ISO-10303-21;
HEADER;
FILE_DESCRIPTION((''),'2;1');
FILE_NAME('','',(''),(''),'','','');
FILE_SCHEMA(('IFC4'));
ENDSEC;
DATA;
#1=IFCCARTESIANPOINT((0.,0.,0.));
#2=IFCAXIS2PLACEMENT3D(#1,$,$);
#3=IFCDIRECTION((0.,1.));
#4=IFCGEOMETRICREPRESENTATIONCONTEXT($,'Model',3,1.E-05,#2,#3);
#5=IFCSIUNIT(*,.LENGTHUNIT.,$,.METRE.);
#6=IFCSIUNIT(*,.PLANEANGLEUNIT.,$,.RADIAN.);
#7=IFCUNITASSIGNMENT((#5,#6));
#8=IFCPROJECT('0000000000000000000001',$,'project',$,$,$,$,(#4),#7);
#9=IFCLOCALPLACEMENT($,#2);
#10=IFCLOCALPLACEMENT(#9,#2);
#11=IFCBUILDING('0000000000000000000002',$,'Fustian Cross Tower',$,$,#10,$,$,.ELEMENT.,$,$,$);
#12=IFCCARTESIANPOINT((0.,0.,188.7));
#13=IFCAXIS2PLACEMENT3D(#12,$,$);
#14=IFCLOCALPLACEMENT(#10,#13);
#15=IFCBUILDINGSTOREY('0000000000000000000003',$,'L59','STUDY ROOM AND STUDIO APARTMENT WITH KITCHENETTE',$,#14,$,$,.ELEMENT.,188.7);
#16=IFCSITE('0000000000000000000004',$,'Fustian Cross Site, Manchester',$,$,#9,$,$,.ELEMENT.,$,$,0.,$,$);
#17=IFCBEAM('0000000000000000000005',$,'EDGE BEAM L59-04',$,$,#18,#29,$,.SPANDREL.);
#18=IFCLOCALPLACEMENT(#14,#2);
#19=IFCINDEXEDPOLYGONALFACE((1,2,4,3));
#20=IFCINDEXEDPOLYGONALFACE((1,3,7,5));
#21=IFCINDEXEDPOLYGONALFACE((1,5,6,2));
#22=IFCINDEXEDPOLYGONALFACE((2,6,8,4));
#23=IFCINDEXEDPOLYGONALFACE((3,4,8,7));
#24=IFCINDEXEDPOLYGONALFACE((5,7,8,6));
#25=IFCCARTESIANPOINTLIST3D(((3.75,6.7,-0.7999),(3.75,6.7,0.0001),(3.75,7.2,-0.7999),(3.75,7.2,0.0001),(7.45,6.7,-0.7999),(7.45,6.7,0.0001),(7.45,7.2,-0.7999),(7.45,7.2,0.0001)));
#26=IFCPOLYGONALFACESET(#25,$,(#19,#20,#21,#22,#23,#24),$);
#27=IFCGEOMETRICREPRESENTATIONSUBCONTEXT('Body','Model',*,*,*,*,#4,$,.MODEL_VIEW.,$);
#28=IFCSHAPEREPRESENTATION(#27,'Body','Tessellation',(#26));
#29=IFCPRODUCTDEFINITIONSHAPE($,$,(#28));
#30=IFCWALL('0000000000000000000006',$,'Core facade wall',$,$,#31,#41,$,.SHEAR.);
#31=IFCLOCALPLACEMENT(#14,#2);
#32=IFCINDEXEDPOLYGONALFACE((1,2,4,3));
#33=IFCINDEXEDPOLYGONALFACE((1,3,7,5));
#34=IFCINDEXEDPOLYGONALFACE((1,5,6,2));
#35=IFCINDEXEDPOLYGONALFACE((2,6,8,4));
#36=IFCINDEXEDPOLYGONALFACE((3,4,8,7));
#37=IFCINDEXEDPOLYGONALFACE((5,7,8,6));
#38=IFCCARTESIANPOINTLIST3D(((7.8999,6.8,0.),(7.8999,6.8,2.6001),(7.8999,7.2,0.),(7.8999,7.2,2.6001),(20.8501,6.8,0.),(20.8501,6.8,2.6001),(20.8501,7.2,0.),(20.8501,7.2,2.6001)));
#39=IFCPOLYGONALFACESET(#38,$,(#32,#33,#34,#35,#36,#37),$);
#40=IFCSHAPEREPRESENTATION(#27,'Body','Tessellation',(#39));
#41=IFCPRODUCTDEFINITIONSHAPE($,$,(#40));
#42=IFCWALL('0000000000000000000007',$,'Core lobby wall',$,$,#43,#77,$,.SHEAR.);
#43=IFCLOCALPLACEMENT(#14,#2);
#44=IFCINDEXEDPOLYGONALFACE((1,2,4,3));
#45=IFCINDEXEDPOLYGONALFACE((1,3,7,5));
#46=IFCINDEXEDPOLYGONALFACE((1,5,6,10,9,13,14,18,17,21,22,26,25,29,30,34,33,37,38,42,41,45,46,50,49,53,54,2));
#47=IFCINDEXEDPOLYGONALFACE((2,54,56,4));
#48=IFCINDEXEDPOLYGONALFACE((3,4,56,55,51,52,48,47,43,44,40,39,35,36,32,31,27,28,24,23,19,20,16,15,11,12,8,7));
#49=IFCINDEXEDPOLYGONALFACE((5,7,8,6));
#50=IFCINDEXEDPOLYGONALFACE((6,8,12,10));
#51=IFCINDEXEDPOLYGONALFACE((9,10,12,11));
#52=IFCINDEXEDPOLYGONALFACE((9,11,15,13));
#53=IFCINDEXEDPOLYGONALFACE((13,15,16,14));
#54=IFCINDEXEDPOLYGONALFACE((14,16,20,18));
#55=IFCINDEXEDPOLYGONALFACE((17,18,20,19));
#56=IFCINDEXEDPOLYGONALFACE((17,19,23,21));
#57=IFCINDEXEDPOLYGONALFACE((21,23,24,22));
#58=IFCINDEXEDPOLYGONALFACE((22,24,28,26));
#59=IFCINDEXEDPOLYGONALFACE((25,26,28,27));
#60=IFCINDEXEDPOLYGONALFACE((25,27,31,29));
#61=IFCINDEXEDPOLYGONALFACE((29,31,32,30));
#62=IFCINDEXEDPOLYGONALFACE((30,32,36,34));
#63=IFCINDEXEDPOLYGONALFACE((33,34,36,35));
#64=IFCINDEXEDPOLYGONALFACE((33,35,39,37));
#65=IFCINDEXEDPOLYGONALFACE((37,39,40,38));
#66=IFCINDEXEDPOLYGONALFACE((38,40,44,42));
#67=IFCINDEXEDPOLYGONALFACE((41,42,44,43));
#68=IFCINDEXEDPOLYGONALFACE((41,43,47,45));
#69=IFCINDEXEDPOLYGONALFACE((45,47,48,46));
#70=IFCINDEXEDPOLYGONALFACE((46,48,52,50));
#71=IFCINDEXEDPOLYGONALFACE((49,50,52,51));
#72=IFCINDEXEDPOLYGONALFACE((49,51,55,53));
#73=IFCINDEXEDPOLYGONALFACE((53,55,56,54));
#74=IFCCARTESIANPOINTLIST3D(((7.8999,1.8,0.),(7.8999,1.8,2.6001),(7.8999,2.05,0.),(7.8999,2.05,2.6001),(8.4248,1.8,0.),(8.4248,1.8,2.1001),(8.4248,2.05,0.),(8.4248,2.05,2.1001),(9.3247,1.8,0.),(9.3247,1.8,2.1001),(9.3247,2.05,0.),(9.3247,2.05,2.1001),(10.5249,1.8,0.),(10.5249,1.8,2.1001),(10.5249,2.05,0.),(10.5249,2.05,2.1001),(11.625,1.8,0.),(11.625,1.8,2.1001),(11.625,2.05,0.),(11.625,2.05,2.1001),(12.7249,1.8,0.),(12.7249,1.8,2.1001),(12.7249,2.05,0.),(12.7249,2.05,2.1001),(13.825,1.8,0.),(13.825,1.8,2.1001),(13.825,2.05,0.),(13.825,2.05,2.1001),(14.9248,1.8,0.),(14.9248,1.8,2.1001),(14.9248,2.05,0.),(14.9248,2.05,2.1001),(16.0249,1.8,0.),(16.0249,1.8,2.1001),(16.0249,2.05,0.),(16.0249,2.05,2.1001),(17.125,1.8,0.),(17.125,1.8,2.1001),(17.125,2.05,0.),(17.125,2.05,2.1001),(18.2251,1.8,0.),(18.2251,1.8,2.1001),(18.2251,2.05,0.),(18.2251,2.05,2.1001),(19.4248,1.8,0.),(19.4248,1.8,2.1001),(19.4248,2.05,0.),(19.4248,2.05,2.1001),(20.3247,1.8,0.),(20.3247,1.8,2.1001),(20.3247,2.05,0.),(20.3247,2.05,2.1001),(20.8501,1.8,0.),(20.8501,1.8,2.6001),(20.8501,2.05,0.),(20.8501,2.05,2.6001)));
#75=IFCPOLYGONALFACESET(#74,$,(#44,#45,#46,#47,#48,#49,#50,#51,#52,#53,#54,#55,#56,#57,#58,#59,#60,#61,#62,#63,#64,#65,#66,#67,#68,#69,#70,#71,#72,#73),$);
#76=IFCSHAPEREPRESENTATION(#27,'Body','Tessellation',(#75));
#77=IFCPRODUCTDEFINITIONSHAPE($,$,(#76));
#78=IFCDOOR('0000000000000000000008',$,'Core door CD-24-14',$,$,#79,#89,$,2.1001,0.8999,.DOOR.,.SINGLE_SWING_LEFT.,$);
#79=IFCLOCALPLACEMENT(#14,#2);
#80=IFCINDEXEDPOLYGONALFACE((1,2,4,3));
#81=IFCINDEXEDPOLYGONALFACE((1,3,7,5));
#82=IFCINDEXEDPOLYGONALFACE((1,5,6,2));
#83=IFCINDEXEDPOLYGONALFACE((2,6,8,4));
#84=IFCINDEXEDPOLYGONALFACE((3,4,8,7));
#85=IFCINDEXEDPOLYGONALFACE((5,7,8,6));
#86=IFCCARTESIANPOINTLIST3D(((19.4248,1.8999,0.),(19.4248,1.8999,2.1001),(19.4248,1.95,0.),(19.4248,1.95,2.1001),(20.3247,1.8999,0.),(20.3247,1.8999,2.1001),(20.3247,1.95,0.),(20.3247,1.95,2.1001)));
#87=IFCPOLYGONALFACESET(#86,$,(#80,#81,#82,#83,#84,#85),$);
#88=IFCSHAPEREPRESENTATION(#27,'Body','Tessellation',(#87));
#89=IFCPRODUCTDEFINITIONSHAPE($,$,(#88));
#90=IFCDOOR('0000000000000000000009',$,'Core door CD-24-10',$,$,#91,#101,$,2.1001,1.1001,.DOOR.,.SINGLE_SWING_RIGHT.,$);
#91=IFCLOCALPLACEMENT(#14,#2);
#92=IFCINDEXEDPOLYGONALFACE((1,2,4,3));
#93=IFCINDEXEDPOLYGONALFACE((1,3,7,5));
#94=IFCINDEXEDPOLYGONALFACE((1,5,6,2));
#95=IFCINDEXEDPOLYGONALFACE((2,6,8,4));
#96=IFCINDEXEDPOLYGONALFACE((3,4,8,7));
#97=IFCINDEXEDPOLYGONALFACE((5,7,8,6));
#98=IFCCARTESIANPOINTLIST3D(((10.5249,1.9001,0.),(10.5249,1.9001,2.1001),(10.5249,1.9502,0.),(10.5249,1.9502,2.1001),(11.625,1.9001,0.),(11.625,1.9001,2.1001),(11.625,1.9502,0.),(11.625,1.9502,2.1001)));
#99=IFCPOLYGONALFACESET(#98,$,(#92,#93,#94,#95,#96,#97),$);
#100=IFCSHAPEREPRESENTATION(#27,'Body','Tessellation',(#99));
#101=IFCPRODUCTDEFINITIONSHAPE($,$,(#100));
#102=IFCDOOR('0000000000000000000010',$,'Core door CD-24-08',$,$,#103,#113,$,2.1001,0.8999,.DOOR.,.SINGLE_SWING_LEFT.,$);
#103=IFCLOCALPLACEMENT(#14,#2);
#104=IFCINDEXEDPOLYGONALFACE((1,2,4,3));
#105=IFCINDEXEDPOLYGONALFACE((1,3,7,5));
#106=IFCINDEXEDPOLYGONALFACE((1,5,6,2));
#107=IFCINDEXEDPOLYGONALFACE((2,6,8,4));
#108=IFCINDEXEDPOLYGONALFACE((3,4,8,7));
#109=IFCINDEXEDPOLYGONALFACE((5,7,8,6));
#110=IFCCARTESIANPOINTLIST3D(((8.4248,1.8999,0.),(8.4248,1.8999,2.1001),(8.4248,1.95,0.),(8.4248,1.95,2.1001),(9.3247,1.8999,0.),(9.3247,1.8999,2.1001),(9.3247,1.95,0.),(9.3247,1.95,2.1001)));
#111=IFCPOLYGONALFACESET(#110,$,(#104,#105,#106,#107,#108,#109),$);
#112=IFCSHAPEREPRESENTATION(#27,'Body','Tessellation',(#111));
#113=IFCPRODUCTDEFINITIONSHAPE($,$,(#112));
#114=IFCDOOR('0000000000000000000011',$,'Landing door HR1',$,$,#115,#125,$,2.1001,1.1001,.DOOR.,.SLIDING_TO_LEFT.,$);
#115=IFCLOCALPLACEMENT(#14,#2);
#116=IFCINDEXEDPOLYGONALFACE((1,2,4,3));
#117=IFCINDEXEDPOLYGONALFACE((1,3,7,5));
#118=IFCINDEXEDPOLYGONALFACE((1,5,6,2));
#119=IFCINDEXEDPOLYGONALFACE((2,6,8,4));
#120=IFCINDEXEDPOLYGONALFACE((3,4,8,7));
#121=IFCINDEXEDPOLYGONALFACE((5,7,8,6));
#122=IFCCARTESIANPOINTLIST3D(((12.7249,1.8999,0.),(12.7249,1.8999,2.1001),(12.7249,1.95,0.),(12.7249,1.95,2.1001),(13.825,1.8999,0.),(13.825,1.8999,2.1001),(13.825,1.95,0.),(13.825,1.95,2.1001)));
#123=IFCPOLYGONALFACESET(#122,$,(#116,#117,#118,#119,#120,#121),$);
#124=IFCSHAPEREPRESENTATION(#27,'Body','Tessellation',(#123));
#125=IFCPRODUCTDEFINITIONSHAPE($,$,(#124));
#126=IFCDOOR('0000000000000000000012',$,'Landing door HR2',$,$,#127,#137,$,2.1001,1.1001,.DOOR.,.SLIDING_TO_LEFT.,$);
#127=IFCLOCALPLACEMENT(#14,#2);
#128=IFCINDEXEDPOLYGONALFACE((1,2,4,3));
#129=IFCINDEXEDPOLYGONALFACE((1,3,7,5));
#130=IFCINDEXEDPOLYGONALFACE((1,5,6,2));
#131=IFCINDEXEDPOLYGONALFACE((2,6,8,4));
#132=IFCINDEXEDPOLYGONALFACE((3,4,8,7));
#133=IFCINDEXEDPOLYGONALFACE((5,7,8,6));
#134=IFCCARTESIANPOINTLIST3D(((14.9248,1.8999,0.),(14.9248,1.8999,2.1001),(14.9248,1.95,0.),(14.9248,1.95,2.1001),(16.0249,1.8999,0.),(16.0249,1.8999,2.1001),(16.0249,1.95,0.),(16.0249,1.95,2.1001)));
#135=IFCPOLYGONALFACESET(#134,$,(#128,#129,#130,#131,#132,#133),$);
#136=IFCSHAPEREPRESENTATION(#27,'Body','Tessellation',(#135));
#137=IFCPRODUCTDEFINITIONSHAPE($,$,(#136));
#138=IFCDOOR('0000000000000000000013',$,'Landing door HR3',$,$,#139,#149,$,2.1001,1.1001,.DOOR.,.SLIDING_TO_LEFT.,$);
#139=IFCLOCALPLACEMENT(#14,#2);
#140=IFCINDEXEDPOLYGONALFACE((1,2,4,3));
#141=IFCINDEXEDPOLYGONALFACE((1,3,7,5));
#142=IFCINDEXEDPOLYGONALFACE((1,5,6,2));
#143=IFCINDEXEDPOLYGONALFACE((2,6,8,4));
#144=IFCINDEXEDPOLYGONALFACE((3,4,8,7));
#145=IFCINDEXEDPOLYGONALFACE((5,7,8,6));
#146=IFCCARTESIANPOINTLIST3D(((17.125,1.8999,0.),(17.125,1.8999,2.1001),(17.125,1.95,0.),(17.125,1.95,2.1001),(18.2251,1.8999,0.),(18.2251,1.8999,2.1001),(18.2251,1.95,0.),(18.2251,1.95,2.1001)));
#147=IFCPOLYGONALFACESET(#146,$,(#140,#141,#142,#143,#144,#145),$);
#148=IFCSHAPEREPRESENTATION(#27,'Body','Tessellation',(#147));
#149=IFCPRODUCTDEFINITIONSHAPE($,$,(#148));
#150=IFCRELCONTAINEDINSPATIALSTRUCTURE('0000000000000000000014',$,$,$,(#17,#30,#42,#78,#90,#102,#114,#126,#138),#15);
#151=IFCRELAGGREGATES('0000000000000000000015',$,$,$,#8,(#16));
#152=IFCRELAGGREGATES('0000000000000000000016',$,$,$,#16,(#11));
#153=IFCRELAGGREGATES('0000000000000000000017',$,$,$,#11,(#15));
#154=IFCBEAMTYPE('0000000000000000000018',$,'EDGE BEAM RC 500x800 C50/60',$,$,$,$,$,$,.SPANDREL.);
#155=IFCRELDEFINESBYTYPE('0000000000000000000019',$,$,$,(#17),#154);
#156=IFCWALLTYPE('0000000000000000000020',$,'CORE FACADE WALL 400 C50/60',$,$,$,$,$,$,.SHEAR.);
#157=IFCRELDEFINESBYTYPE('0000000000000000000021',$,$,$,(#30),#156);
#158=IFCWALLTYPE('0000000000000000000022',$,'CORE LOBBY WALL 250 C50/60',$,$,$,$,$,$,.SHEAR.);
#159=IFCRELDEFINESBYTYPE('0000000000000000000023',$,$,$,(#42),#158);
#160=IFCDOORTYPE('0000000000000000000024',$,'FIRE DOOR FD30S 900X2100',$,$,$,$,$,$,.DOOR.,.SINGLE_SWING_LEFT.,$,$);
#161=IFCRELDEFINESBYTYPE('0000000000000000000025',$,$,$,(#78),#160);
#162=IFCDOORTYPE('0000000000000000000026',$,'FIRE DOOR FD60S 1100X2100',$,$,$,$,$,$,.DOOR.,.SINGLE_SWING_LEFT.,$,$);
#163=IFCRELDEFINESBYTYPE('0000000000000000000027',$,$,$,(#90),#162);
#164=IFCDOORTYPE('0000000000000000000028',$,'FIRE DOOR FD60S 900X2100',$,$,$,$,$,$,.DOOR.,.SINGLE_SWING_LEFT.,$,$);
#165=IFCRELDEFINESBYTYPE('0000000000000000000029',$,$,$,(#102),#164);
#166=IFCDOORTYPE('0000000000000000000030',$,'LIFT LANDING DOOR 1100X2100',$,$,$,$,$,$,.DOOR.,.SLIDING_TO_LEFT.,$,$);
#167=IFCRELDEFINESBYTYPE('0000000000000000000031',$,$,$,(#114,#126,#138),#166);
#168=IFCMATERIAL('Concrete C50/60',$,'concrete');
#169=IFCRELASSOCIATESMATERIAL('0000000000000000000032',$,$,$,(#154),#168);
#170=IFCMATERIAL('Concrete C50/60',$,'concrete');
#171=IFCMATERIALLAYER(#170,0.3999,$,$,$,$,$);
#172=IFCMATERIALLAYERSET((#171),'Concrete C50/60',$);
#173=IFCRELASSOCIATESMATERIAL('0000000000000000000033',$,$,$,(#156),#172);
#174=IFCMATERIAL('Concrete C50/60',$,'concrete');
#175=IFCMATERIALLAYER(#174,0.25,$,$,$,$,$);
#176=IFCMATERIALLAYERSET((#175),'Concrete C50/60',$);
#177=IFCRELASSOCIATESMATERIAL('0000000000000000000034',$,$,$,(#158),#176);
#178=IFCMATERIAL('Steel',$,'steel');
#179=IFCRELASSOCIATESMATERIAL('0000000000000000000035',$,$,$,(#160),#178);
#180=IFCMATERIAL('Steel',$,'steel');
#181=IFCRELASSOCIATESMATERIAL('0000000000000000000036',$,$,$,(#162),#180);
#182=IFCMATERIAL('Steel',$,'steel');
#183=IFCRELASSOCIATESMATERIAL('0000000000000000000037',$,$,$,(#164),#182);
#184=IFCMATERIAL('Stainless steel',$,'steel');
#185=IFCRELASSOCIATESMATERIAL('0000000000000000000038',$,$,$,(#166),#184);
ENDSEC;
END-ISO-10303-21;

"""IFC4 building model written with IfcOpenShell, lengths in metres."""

from ifc_helpers import new_model, si_unit, direction, frame, frame_2d, origin, origin_2d, place, context, subcontext, project, spatial, rectangle, extrude, material, layer, layer_set, material_profile, profile_set, type_object, element, fill, save


model = new_model("IFC4")

# Units and contexts
model_context = context("Model", 3, precision=1e-05, world=origin(), true_north=direction((0.0, 1.0)))
body_context = subcontext(model_context, "Body", "Model", "MODEL_VIEW")
ifc_project = project(units=[si_unit("LENGTHUNIT", "METRE"), si_unit("PLANEANGLEUNIT", "RADIAN")], contexts=[model_context])

# Site, building, storey
site_placement = place(None, origin())
site = spatial("IfcSite", under=ifc_project, at=site_placement, Name="Fustian Cross Site, Manchester", CompositionType="ELEMENT", RefElevation=0.0)
building_placement = place(site_placement, origin())
building = spatial("IfcBuilding", under=site, at=building_placement, Name="Fustian Cross Tower", CompositionType="ELEMENT")
storey_placement = place(building_placement, frame((0.0, 0.0, 188.7)))
storey = spatial("IfcBuildingStorey", under=building, at=storey_placement, Name="L59", Description="STUDY ROOM AND STUDIO APARTMENT WITH KITCHENETTE", CompositionType="ELEMENT", Elevation=188.7)

# Beam
ifc_material_1 = material(Name="Concrete C50/60", Category="concrete")
ifc_material_profile = material_profile(ifc_material_1, rectangle(XDim=0.5, YDim=0.8, at=origin_2d()), Name="RC 500x800")
ifc_profile_set = profile_set([ifc_material_profile], Name="Concrete C50/60")
beam_type = type_object("IfcBeamType", Name="EDGE BEAM RC 500x800 C50/60", PredefinedType="SPANDREL", material=ifc_profile_set)
beam_placement = place(storey_placement, frame((7.45, 6.95, -0.3999), z_axis=(-1.0, 0.0, 0.0), x_axis=(0.0, -1.0, 0.0)))
element("IfcBeam", 1, at=beam_placement, inside=storey, type_object=beam_type, Name="EDGE BEAM L59-04", PredefinedType="SPANDREL", context=body_context, shape_type="SweptSolid", body=[
    extrude(rectangle(XDim=0.5, YDim=0.8, at=origin_2d()), origin(), (0.0, 0.0, 1.0), 3.7),
])

# Wall
ifc_material_2 = material(Name="Concrete C50/60", Category="concrete")
ifc_layer_1 = layer(ifc_material_2, 0.3999)
ifc_layer_set_1 = layer_set([ifc_layer_1], Name="Concrete C50/60")
wall_type_1 = type_object("IfcWallType", Name="CORE FACADE WALL 400 C50/60", PredefinedType="SHEAR", material=ifc_layer_set_1)
wall_1_placement = place(storey_placement, frame((7.8999, 7.0, 0.0), z_axis=(0.0, 0.0, 1.0), x_axis=(1.0, 0.0, 0.0)))
element("IfcWall", 2, at=wall_1_placement, inside=storey, type_object=wall_type_1, Name="Core facade wall", PredefinedType="SHEAR", context=body_context, shape_type="SweptSolid", body=[
    extrude(rectangle(XDim=12.9502, YDim=0.3999, at=frame_2d((6.4751, 0.0))), origin(), (0.0, 0.0, 1.0), 2.6001),
])

# Wall, openings, doors
ifc_material_3 = material(Name="Concrete C50/60", Category="concrete")
ifc_layer_2 = layer(ifc_material_3, 0.25)
ifc_layer_set_2 = layer_set([ifc_layer_2], Name="Concrete C50/60")
wall_type_2 = type_object("IfcWallType", Name="CORE LOBBY WALL 250 C50/60", PredefinedType="SHEAR", material=ifc_layer_set_2)
wall_2_placement = place(storey_placement, frame((7.8999, 1.925, 0.0), z_axis=(0.0, 0.0, 1.0), x_axis=(1.0, 0.0, 0.0)))
wall_2 = element("IfcWall", 3, at=wall_2_placement, inside=storey, type_object=wall_type_2, Name="Core lobby wall", PredefinedType="SHEAR", context=body_context, shape_type="SweptSolid", body=[
    extrude(rectangle(XDim=12.9502, YDim=0.25, at=frame_2d((6.4751, 0.0))), origin(), (0.0, 0.0, 1.0), 2.6001),
])
opening_1_placement = place(wall_2_placement, frame((4.825, 0.0, 0.0)))
opening_1 = element("IfcOpeningElement", 4, at=opening_1_placement, cuts=wall_2, PredefinedType="OPENING", context=body_context, shape_type="SweptSolid", body=[
    extrude(rectangle(XDim=1.1001, YDim=2.1001, at=frame_2d((0.55, 1.05))), frame((0.0, 0.135, 0.0), z_axis=(0.0, -1.0, 0.0), x_axis=(1.0, 0.0, 0.0)), (0.0, 0.0, 1.0), 0.27),
])
opening_2_placement = place(wall_2_placement, frame((7.0249, 0.0, 0.0)))
opening_2 = element("IfcOpeningElement", 5, at=opening_2_placement, cuts=wall_2, PredefinedType="OPENING", context=body_context, shape_type="SweptSolid", body=[
    extrude(rectangle(XDim=1.1001, YDim=2.1001, at=frame_2d((0.55, 1.05))), frame((0.0, 0.135, 0.0), z_axis=(0.0, -1.0, 0.0), x_axis=(1.0, 0.0, 0.0)), (0.0, 0.0, 1.0), 0.27),
])
opening_3_placement = place(wall_2_placement, frame((9.2251, 0.0, 0.0)))
opening_3 = element("IfcOpeningElement", 6, at=opening_3_placement, cuts=wall_2, PredefinedType="OPENING", context=body_context, shape_type="SweptSolid", body=[
    extrude(rectangle(XDim=1.1001, YDim=2.1001, at=frame_2d((0.55, 1.05))), frame((0.0, 0.135, 0.0), z_axis=(0.0, -1.0, 0.0), x_axis=(1.0, 0.0, 0.0)), (0.0, 0.0, 1.0), 0.27),
])
opening_4_placement = place(wall_2_placement, frame((0.5249, 0.0, 0.0)))
opening_4 = element("IfcOpeningElement", 7, at=opening_4_placement, cuts=wall_2, PredefinedType="OPENING", context=body_context, shape_type="SweptSolid", body=[
    extrude(rectangle(XDim=0.8999, YDim=2.1001, at=frame_2d((0.45, 1.05))), frame((0.0, 0.135, 0.0), z_axis=(0.0, -1.0, 0.0), x_axis=(1.0, 0.0, 0.0)), (0.0, 0.0, 1.0), 0.27),
])
opening_5_placement = place(wall_2_placement, frame((2.625, 0.0, 0.0)))
opening_5 = element("IfcOpeningElement", 8, at=opening_5_placement, cuts=wall_2, PredefinedType="OPENING", context=body_context, shape_type="SweptSolid", body=[
    extrude(rectangle(XDim=1.1001, YDim=2.1001, at=frame_2d((0.55, 1.05))), frame((0.0, 0.135, 0.0), z_axis=(0.0, -1.0, 0.0), x_axis=(1.0, 0.0, 0.0)), (0.0, 0.0, 1.0), 0.27),
])
opening_6_placement = place(wall_2_placement, frame((11.5249, 0.0, 0.0)))
opening_6 = element("IfcOpeningElement", 9, at=opening_6_placement, cuts=wall_2, PredefinedType="OPENING", context=body_context, shape_type="SweptSolid", body=[
    extrude(rectangle(XDim=0.8999, YDim=2.1001, at=frame_2d((0.45, 1.05))), frame((0.0, 0.135, 0.0), z_axis=(0.0, -1.0, 0.0), x_axis=(1.0, 0.0, 0.0)), (0.0, 0.0, 1.0), 0.27),
])
ifc_material_4 = material(Name="Steel", Category="steel")
door_type_1 = type_object("IfcDoorType", Name="FIRE DOOR FD30S 900X2100", OperationType="SINGLE_SWING_LEFT", PredefinedType="DOOR", material=ifc_material_4)
door_1_placement = place(opening_6_placement, origin())
door_1 = element("IfcDoor", 10, at=door_1_placement, inside=storey, type_object=door_type_1, Name="Core door CD-24-14", OperationType="SINGLE_SWING_LEFT", OverallHeight=2.1001, OverallWidth=0.8999, PredefinedType="DOOR", context=body_context, shape_type="SweptSolid", body=[
    extrude(rectangle(XDim=0.8999, YDim=2.1001, at=frame_2d((0.45, 1.05))), frame((0.0, 0.0249, 0.0), z_axis=(0.0, -1.0, 0.0), x_axis=(1.0, 0.0, 0.0)), (0.0, 0.0, 1.0), 0.05),
])
fill(opening_6, door_1)
ifc_material_5 = material(Name="Steel", Category="steel")
door_type_2 = type_object("IfcDoorType", Name="FIRE DOOR FD60S 1100X2100", OperationType="SINGLE_SWING_LEFT", PredefinedType="DOOR", material=ifc_material_5)
door_2_placement = place(opening_5_placement, frame((1.1001, 0.0, 0.0), z_axis=(0.0, 0.0, 1.0), x_axis=(-1.0, 0.0, 0.0)))
door_2 = element("IfcDoor", 11, at=door_2_placement, inside=storey, type_object=door_type_2, Name="Core door CD-24-10", OperationType="SINGLE_SWING_RIGHT", OverallHeight=2.1001, OverallWidth=1.1001, PredefinedType="DOOR", context=body_context, shape_type="SweptSolid", body=[
    extrude(rectangle(XDim=1.1001, YDim=2.1001, at=frame_2d((0.55, 1.05))), frame((0.0, 0.0249, 0.0), z_axis=(0.0, -1.0, 0.0), x_axis=(1.0, 0.0, 0.0)), (0.0, 0.0, 1.0), 0.05),
])
fill(opening_5, door_2)
ifc_material_6 = material(Name="Steel", Category="steel")
door_type_3 = type_object("IfcDoorType", Name="FIRE DOOR FD60S 900X2100", OperationType="SINGLE_SWING_LEFT", PredefinedType="DOOR", material=ifc_material_6)
door_3_placement = place(opening_4_placement, origin())
door_3 = element("IfcDoor", 12, at=door_3_placement, inside=storey, type_object=door_type_3, Name="Core door CD-24-08", OperationType="SINGLE_SWING_LEFT", OverallHeight=2.1001, OverallWidth=0.8999, PredefinedType="DOOR", context=body_context, shape_type="SweptSolid", body=[
    extrude(rectangle(XDim=0.8999, YDim=2.1001, at=frame_2d((0.45, 1.05))), frame((0.0, 0.0249, 0.0), z_axis=(0.0, -1.0, 0.0), x_axis=(1.0, 0.0, 0.0)), (0.0, 0.0, 1.0), 0.05),
])
fill(opening_4, door_3)
ifc_material_7 = material(Name="Stainless steel", Category="steel")
door_type_4 = type_object("IfcDoorType", Name="LIFT LANDING DOOR 1100X2100", OperationType="SLIDING_TO_LEFT", PredefinedType="DOOR", material=ifc_material_7)
door_4_placement = place(opening_1_placement, origin())
door_4 = element("IfcDoor", 13, at=door_4_placement, inside=storey, type_object=door_type_4, Name="Landing door HR1", OperationType="SLIDING_TO_LEFT", OverallHeight=2.1001, OverallWidth=1.1001, PredefinedType="DOOR", context=body_context, shape_type="SweptSolid", body=[
    extrude(rectangle(XDim=1.1001, YDim=2.1001, at=frame_2d((0.55, 1.05))), frame((0.0, 0.0249, 0.0), z_axis=(0.0, -1.0, 0.0), x_axis=(1.0, 0.0, 0.0)), (0.0, 0.0, 1.0), 0.05),
])
fill(opening_1, door_4)
door_5_placement = place(opening_2_placement, origin())
door_5 = element("IfcDoor", 14, at=door_5_placement, inside=storey, type_object=door_type_4, Name="Landing door HR2", OperationType="SLIDING_TO_LEFT", OverallHeight=2.1001, OverallWidth=1.1001, PredefinedType="DOOR", context=body_context, shape_type="SweptSolid", body=[
    extrude(rectangle(XDim=1.1001, YDim=2.1001, at=frame_2d((0.55, 1.05))), frame((0.0, 0.0249, 0.0), z_axis=(0.0, -1.0, 0.0), x_axis=(1.0, 0.0, 0.0)), (0.0, 0.0, 1.0), 0.05),
])
fill(opening_2, door_5)
door_6_placement = place(opening_3_placement, origin())
door_6 = element("IfcDoor", 15, at=door_6_placement, inside=storey, type_object=door_type_4, Name="Landing door HR3", OperationType="SLIDING_TO_LEFT", OverallHeight=2.1001, OverallWidth=1.1001, PredefinedType="DOOR", context=body_context, shape_type="SweptSolid", body=[
    extrude(rectangle(XDim=1.1001, YDim=2.1001, at=frame_2d((0.55, 1.05))), frame((0.0, 0.0249, 0.0), z_axis=(0.0, -1.0, 0.0), x_axis=(1.0, 0.0, 0.0)), (0.0, 0.0, 1.0), 0.05),
])
fill(opening_3, door_6)

save(model, "model.ifc")
